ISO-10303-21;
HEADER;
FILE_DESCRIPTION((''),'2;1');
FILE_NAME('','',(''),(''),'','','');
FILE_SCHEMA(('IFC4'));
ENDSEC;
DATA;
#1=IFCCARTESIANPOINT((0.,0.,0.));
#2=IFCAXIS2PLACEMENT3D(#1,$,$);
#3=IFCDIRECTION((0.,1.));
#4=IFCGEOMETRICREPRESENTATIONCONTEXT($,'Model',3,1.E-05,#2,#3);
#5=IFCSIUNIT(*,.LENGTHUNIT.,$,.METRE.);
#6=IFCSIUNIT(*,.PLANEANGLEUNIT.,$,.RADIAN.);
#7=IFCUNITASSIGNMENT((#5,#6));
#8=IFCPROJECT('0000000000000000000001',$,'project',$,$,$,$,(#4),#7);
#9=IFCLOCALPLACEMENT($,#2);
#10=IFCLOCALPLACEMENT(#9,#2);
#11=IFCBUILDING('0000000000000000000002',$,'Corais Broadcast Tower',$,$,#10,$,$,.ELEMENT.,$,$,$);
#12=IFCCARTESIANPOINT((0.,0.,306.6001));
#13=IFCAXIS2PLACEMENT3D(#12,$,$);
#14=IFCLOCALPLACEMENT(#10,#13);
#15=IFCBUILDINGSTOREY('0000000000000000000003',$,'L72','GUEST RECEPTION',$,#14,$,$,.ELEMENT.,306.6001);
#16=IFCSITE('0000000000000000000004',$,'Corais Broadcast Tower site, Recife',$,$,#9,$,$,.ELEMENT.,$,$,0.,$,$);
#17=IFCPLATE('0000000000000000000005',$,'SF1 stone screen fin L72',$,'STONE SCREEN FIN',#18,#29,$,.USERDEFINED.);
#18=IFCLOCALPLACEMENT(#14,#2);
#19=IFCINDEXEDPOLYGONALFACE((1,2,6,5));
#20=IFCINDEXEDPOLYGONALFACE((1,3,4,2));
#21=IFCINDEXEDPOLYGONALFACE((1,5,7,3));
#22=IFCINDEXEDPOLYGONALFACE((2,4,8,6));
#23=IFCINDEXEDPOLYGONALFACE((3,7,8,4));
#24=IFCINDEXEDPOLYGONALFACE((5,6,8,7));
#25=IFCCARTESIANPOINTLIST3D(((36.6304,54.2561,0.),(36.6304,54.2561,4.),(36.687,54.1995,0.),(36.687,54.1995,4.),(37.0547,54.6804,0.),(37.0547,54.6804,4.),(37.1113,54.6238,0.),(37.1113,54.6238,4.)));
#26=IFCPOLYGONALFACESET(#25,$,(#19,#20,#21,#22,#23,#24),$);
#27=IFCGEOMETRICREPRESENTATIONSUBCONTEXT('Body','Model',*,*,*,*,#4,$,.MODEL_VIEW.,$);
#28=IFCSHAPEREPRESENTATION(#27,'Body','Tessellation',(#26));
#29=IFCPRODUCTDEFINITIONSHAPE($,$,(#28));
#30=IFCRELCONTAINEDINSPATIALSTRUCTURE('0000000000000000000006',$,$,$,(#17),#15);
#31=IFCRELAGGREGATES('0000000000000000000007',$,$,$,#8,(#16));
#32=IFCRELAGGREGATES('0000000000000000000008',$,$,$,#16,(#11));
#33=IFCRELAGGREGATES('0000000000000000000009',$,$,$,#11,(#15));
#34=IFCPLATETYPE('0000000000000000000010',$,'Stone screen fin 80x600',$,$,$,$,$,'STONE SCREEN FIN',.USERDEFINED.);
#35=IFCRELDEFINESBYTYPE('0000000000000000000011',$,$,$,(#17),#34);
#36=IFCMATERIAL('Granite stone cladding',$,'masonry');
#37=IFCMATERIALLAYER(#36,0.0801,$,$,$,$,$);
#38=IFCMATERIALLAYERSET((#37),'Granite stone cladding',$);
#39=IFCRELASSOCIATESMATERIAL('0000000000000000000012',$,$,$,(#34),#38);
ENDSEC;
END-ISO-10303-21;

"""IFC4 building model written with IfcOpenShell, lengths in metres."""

from ifc_helpers import new_model, si_unit, direction, frame, origin, origin_2d, place, context, subcontext, project, spatial, rectangle, extrude, material, layer, layer_set, type_object, element, save


model = new_model("IFC4")

# Units and contexts
model_context = context("Model", 3, precision=1e-05, world=origin(), true_north=direction((0.0, 1.0)))
body_context = subcontext(model_context, "Body", "Model", "MODEL_VIEW")
ifc_project = project(units=[si_unit("LENGTHUNIT", "METRE"), si_unit("PLANEANGLEUNIT", "RADIAN")], contexts=[model_context])

# Site, building, storey
site_placement = place(None, origin())
site = spatial("IfcSite", under=ifc_project, at=site_placement, Name="Corais Broadcast Tower site, Recife", CompositionType="ELEMENT", RefElevation=0.0)
building_placement = place(site_placement, origin())
building = spatial("IfcBuilding", under=site, at=building_placement, Name="Corais Broadcast Tower", CompositionType="ELEMENT")
storey_placement = place(building_placement, frame((0.0, 0.0, 306.6001)))
storey = spatial("IfcBuildingStorey", under=building, at=storey_placement, Name="L72", Description="GUEST RECEPTION", CompositionType="ELEMENT", Elevation=306.6001)

# Plate
ifc_material_1 = material(Name="Granite stone cladding", Category="masonry")
ifc_layer_1 = layer(ifc_material_1, 0.0801)
ifc_layer_set_1 = layer_set([ifc_layer_1], Name="Granite stone cladding")
plate_type_1 = type_object("IfcPlateType", Name="Stone screen fin 80x600", ElementType="STONE SCREEN FIN", PredefinedType="USERDEFINED", material=ifc_layer_set_1)
plate_1_placement = place(storey_placement, frame((36.8708, 54.4399, 0.0), z_axis=(0.0, 0.0, 1.0), x_axis=(0.707107, -0.707107, 0.0)))
element("IfcPlate", 1, at=plate_1_placement, inside=storey, type_object=plate_type_1, Name="SF1 stone screen fin L72", ObjectType="STONE SCREEN FIN", PredefinedType="USERDEFINED", context=body_context, shape_type="SweptSolid", body=[
    extrude(rectangle(XDim=0.0801, YDim=0.6001, at=origin_2d()), origin(), (0.0, 0.0, 1.0), 4.0),
])

save(model, "model.ifc")
